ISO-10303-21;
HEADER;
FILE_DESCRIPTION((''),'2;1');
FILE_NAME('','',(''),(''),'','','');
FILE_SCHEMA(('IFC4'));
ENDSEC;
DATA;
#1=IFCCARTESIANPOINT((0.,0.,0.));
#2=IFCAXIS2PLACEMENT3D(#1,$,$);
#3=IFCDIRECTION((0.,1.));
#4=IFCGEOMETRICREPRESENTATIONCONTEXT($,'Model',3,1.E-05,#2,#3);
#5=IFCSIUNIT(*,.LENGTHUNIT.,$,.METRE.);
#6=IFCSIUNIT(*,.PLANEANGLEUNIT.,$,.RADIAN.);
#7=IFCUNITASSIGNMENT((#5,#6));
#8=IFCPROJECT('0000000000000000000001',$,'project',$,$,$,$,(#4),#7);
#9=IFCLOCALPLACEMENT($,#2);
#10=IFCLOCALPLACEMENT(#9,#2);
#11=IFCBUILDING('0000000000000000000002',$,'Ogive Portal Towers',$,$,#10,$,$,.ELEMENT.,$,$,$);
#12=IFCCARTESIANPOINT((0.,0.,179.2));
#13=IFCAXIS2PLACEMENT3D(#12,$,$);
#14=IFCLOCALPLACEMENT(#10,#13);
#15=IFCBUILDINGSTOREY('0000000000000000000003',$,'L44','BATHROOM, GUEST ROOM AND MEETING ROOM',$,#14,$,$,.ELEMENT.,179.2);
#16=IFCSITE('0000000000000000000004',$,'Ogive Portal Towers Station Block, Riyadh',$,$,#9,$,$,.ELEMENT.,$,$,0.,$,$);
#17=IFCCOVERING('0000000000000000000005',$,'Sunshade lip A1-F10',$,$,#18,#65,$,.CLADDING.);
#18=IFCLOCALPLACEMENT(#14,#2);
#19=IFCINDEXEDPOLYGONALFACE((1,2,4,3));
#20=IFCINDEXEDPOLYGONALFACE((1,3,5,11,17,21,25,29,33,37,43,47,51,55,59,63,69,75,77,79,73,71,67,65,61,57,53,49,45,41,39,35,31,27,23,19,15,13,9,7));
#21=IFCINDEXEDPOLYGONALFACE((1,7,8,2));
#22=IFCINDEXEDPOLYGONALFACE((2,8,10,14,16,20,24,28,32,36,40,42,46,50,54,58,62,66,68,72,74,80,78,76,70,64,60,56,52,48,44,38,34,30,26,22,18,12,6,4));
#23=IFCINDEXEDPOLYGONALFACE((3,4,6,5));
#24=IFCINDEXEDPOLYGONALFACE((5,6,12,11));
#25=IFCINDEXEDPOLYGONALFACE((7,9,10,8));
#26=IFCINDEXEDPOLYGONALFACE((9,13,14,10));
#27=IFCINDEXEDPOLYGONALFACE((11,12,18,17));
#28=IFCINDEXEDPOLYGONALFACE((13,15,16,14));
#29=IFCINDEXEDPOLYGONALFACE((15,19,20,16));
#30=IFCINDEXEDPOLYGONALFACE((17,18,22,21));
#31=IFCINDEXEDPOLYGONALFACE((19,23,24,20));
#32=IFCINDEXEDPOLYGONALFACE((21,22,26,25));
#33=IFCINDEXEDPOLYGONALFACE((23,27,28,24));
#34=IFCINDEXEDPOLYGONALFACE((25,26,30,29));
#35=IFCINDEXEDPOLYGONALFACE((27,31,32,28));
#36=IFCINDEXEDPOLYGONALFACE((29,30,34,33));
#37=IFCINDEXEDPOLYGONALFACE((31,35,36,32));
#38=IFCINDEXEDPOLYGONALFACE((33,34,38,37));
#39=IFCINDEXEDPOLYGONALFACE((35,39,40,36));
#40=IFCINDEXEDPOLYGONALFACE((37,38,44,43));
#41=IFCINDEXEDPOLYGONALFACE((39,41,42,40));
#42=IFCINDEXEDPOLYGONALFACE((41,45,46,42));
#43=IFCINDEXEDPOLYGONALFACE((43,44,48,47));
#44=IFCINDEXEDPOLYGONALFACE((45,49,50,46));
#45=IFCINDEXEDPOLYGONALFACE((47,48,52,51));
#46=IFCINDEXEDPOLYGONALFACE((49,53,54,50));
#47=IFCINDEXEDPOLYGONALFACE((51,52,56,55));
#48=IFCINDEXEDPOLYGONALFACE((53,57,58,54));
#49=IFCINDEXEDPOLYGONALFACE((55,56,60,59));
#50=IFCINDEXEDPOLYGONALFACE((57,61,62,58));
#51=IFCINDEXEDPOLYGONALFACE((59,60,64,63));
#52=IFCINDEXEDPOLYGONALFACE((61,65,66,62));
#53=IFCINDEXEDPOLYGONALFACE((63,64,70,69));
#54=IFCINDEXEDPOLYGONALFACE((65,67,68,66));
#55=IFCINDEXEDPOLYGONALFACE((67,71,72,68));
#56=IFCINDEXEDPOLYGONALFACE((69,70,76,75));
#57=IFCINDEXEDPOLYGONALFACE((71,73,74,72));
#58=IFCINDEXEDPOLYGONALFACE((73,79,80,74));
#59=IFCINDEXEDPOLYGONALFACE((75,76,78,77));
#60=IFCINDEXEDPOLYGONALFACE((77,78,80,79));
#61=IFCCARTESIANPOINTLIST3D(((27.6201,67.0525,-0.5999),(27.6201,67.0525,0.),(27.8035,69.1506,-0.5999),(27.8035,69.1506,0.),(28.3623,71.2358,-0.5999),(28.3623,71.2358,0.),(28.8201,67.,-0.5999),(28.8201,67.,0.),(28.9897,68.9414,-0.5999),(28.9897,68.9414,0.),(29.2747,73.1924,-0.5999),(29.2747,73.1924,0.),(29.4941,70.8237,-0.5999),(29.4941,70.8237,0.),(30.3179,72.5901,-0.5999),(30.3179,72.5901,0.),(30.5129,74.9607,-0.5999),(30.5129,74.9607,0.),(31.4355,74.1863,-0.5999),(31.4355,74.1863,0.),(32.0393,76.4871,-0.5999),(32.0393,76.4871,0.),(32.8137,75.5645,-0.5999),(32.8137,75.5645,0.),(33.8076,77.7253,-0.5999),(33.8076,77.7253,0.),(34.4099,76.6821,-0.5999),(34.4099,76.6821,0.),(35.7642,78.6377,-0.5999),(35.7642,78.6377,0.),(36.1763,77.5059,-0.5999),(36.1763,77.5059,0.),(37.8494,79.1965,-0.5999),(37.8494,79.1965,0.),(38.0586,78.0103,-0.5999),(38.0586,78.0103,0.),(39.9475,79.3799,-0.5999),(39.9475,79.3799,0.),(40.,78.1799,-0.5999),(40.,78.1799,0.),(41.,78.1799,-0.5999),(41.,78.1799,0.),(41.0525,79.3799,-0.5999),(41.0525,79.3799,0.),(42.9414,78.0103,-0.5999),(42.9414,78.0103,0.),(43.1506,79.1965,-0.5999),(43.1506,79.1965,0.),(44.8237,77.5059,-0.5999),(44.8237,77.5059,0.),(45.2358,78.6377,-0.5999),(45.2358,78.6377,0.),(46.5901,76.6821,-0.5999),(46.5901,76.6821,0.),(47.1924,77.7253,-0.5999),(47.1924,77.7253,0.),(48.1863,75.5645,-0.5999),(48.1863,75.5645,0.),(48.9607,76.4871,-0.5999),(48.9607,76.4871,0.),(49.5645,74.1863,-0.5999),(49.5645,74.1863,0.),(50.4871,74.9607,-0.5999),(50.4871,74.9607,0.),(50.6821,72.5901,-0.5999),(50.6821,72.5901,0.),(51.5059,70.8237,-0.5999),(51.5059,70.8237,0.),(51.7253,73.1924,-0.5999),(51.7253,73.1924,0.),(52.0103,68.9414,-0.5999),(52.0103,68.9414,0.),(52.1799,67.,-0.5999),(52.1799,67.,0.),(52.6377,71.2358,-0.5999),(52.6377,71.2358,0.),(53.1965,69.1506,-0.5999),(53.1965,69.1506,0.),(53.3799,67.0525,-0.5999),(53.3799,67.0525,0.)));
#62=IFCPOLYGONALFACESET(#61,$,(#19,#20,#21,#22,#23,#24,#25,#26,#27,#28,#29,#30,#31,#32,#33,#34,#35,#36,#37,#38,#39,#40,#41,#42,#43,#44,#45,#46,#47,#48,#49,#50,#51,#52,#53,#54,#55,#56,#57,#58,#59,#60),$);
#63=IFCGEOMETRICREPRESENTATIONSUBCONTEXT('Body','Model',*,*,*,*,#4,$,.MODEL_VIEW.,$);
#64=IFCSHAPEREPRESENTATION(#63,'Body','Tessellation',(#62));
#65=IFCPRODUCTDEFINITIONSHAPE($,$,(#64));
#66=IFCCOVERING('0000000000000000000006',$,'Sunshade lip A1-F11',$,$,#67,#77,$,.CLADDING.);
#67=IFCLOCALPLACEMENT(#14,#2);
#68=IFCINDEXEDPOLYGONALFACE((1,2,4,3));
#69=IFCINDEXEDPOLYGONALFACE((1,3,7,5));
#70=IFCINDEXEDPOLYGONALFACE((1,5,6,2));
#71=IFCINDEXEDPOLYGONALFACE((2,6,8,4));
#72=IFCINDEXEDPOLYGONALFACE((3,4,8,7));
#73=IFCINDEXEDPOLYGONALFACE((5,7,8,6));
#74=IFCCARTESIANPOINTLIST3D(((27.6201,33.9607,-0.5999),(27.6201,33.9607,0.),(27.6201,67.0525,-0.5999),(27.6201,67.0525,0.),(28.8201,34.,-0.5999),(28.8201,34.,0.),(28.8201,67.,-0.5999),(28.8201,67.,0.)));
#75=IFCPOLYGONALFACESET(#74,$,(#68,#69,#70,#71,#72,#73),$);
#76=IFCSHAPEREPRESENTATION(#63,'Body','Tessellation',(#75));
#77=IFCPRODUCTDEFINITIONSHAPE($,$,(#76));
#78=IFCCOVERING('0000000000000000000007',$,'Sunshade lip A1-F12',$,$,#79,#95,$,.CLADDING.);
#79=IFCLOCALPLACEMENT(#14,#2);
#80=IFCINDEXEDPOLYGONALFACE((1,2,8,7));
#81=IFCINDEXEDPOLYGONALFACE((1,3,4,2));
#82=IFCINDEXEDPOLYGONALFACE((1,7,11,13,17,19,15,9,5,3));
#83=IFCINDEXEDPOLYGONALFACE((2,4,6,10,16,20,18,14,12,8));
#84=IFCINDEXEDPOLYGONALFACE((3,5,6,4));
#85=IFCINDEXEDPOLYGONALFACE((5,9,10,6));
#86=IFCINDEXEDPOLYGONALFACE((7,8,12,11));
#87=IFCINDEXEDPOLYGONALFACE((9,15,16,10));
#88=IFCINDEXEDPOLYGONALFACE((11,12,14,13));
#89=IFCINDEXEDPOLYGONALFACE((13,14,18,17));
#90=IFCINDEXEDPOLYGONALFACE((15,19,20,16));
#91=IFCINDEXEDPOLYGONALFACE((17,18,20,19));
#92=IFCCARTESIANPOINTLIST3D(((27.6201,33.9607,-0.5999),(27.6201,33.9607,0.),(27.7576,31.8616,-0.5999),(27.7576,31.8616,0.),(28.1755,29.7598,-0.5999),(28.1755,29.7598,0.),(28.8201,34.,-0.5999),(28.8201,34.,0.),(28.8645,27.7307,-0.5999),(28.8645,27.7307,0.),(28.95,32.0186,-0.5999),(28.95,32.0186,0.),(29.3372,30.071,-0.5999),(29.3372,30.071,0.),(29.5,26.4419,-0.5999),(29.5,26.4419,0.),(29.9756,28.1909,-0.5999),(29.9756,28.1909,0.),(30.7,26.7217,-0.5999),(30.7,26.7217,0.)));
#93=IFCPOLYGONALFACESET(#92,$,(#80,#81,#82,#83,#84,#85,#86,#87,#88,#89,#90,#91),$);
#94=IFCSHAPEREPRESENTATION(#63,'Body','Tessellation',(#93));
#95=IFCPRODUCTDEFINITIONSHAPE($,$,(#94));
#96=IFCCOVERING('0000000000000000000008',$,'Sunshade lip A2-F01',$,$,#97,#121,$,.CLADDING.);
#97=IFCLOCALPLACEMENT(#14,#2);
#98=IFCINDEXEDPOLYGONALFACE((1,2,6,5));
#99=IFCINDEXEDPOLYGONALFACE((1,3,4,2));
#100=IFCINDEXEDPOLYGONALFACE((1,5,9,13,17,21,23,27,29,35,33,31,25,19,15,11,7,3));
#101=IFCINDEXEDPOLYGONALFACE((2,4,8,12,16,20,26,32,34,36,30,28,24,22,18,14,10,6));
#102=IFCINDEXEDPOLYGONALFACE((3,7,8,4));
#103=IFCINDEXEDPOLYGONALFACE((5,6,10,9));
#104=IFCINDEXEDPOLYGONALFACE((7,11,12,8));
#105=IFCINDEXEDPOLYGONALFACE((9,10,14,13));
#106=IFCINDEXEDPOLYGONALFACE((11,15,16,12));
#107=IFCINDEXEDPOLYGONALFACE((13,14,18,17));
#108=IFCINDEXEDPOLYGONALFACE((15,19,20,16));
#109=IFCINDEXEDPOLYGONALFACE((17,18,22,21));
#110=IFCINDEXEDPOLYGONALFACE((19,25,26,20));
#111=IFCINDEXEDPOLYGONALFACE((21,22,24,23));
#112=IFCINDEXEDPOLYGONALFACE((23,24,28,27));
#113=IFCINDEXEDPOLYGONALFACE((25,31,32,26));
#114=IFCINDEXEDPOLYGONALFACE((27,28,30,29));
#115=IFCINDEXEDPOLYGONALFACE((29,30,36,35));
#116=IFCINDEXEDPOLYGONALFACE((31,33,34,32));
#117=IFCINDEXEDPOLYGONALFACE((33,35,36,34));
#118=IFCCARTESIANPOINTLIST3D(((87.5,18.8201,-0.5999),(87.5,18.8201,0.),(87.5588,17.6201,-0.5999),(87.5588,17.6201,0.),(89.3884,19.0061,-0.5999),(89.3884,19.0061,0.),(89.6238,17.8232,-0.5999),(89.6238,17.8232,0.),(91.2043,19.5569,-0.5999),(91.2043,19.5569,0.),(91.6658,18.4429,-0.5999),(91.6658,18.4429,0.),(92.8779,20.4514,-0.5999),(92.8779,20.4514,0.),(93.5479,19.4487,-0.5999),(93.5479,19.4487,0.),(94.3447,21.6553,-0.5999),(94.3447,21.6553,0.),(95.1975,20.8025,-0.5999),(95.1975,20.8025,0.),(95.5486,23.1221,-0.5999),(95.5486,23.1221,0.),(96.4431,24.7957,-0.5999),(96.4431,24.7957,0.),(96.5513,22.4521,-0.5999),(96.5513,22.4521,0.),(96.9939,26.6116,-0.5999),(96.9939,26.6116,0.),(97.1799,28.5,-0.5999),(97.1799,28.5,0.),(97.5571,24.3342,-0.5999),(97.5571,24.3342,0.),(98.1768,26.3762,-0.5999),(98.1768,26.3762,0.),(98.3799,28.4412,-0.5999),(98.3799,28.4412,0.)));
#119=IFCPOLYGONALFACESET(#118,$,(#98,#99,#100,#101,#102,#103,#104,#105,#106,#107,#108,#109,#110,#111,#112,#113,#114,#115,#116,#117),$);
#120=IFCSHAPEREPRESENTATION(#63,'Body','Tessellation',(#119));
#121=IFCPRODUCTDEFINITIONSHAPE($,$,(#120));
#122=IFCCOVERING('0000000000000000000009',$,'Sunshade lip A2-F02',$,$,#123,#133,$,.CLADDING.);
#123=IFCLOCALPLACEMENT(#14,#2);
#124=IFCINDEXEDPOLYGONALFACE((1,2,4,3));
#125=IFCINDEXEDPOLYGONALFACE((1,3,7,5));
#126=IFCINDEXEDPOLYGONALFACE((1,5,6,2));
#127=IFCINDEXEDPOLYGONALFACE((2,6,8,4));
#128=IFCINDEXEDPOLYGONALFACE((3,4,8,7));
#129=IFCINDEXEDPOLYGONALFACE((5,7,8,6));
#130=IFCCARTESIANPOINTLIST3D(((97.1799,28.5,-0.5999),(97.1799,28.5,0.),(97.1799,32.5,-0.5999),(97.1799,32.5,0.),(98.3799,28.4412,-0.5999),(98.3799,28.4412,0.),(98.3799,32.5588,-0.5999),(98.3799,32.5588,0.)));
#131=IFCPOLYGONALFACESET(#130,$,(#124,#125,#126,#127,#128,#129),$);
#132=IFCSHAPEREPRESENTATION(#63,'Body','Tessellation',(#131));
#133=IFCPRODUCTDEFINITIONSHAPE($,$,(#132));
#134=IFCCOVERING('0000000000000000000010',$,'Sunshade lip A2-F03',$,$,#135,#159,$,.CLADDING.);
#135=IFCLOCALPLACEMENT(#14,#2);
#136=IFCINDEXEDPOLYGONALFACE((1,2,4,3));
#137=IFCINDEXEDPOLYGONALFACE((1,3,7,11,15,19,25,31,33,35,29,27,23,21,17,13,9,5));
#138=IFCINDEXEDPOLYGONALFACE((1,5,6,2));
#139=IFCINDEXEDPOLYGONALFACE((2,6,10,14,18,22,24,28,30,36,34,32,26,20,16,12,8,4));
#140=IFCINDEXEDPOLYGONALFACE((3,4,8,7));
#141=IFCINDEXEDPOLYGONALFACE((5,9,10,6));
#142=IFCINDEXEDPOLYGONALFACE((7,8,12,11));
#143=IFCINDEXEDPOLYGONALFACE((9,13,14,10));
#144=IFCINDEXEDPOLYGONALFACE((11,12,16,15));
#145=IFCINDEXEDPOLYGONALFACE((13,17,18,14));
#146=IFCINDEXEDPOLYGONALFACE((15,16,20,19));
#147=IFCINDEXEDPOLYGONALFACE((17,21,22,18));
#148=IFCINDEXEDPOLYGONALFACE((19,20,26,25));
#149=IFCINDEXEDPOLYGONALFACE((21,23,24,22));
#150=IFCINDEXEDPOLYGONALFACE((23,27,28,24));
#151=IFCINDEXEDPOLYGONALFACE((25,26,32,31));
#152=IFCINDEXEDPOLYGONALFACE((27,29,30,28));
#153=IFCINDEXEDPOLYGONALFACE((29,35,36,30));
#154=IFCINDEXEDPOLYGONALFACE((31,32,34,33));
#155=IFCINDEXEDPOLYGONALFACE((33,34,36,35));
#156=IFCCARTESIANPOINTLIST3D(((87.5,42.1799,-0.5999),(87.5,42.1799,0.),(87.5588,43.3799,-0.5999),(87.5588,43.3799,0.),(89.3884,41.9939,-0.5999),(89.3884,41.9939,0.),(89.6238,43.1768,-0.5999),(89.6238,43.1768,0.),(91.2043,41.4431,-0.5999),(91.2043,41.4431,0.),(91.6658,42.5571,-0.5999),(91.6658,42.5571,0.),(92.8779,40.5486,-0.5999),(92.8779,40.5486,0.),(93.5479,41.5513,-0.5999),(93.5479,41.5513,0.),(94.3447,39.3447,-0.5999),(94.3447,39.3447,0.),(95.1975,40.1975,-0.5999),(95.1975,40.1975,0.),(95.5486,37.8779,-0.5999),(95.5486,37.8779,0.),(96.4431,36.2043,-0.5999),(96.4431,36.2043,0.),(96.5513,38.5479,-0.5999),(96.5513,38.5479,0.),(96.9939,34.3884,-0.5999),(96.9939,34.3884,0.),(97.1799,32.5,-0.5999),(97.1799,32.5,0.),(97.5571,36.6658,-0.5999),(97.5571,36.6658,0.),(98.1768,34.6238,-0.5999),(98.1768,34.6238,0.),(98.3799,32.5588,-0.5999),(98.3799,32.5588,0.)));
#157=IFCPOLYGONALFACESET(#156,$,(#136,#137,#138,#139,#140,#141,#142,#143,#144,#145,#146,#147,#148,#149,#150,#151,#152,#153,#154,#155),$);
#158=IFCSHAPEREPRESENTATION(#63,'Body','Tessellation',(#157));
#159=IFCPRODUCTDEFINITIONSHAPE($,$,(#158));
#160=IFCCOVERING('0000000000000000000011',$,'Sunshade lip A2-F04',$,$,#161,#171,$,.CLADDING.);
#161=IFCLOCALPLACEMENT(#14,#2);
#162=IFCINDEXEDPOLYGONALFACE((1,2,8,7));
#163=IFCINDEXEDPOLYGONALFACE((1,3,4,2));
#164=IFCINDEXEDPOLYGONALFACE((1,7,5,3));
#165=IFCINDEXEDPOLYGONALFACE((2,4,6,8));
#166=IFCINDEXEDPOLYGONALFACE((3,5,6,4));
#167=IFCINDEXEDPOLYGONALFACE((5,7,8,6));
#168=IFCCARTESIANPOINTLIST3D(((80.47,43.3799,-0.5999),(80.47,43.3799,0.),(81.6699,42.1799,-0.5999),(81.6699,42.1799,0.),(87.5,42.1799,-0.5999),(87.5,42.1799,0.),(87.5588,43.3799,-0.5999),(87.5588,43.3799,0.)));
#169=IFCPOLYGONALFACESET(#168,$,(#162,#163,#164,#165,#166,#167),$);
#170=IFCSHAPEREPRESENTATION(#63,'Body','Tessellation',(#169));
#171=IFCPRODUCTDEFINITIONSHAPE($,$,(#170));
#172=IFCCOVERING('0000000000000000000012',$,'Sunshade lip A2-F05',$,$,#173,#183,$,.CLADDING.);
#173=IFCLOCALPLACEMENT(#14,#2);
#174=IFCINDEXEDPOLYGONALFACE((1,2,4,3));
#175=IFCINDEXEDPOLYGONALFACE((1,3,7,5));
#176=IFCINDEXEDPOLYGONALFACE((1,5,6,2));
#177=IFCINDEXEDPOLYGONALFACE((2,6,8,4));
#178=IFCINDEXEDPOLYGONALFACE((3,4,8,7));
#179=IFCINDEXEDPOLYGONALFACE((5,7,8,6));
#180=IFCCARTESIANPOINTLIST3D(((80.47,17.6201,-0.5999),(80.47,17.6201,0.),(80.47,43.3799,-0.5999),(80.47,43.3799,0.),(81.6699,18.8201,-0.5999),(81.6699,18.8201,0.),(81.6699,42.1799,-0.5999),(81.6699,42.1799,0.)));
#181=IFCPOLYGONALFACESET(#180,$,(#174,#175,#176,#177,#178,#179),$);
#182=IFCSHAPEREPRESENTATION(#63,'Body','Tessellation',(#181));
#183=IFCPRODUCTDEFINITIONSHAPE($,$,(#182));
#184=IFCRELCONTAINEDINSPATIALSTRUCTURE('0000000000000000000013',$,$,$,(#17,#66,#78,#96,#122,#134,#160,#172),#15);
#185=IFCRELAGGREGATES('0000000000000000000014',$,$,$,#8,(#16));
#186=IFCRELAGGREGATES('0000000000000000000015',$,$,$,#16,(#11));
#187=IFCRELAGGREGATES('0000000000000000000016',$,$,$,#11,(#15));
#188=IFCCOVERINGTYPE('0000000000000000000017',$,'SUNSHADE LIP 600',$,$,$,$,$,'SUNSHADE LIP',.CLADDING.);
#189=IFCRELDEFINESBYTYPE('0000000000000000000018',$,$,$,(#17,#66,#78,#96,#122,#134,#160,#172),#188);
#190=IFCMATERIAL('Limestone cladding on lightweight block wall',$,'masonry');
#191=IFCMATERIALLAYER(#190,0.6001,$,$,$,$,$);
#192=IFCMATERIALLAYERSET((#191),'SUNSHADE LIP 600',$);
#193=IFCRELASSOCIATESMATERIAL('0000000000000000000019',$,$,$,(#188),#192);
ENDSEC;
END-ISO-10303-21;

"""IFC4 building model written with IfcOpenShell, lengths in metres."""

from ifc_helpers import new_model, si_unit, direction, frame, origin, place, context, subcontext, project, spatial, polyline, outline, extrude, material, layer, layer_set, type_object, element, save


model = new_model("IFC4")

# Units and contexts
model_context = context("Model", 3, precision=1e-05, world=origin(), true_north=direction((0.0, 1.0)))
body_context = subcontext(model_context, "Body", "Model", "MODEL_VIEW")
ifc_project = project(units=[si_unit("LENGTHUNIT", "METRE"), si_unit("PLANEANGLEUNIT", "RADIAN")], contexts=[model_context])

# Site, building, storey
site_placement = place(None, origin())
site = spatial("IfcSite", under=ifc_project, at=site_placement, Name="Ogive Portal Towers Station Block, Riyadh", CompositionType="ELEMENT", RefElevation=0.0)
building_placement = place(site_placement, origin())
building = spatial("IfcBuilding", under=site, at=building_placement, Name="Ogive Portal Towers", CompositionType="ELEMENT")
storey_placement = place(building_placement, frame((0.0, 0.0, 179.2)))
storey = spatial("IfcBuildingStorey", under=building, at=storey_placement, Name="L44", Description="BATHROOM, GUEST ROOM AND MEETING ROOM", CompositionType="ELEMENT", Elevation=179.2)

# Coverings
ifc_material_1 = material(Name="Limestone cladding on lightweight block wall", Category="masonry")
ifc_layer_1 = layer(ifc_material_1, 0.6001)
ifc_layer_set_1 = layer_set([ifc_layer_1], Name="SUNSHADE LIP 600")
covering_type_1 = type_object("IfcCoveringType", Name="SUNSHADE LIP 600", ElementType="SUNSHADE LIP", PredefinedType="CLADDING", material=ifc_layer_set_1)
covering_1_placement = place(storey_placement, frame((0.0, 0.0, -0.5999)))
element("IfcCovering", 1, at=covering_1_placement, inside=storey, type_object=covering_type_1, Name="Sunshade lip A1-F10", PredefinedType="CLADDING", context=body_context, shape_type="SweptSolid", body=[
    extrude(outline(polyline([(52.1799, 67.0), (52.0103, 68.9414), (51.5059, 70.8237), (50.6821, 72.5901), (49.5645, 74.1863), (48.1863, 75.5645), (46.5901, 76.6821), (44.8237, 77.5059), (42.9414, 78.0103), (41.0, 78.1799), (40.0, 78.1799), (38.0586, 78.0103), (36.1763, 77.5059), (34.4099, 76.6821), (32.8137, 75.5645), (31.4355, 74.1863), (30.3179, 72.5901), (29.4941, 70.8237), (28.9897, 68.9414), (28.8201, 67.0), (27.6201, 67.0525), (27.8035, 69.1506), (28.3623, 71.2358), (29.2747, 73.1924), (30.5129, 74.9607), (32.0393, 76.4871), (33.8076, 77.7253), (35.7642, 78.6377), (37.8494, 79.1965), (39.9475, 79.3799), (41.0525, 79.3799), (43.1506, 79.1965), (45.2358, 78.6377), (47.1924, 77.7253), (48.9607, 76.4871), (50.4871, 74.9607), (51.7253, 73.1924), (52.6377, 71.2358), (53.1965, 69.1506), (53.3799, 67.0525), (52.1799, 67.0)])), origin(), (0.0, 0.0, 1.0), 0.5999),
])
covering_2_placement = place(storey_placement, frame((0.0, 0.0, -0.5999)))
element("IfcCovering", 2, at=covering_2_placement, inside=storey, type_object=covering_type_1, Name="Sunshade lip A1-F11", PredefinedType="CLADDING", context=body_context, shape_type="SweptSolid", body=[
    extrude(outline(polyline([(28.8201, 67.0), (28.8201, 34.0), (27.6201, 33.9607), (27.6201, 67.0525), (28.8201, 67.0)])), origin(), (0.0, 0.0, 1.0), 0.5999),
])
covering_3_placement = place(storey_placement, frame((0.0, 0.0, -0.5999)))
element("IfcCovering", 3, at=covering_3_placement, inside=storey, type_object=covering_type_1, Name="Sunshade lip A1-F12", PredefinedType="CLADDING", context=body_context, shape_type="SweptSolid", body=[
    extrude(outline(polyline([(28.8201, 34.0), (28.95, 32.0186), (29.3372, 30.071), (29.9756, 28.1909), (30.7, 26.7217), (29.5, 26.4419), (28.8645, 27.7307), (28.1755, 29.7598), (27.7576, 31.8616), (27.6201, 33.9607), (28.8201, 34.0)])), origin(), (0.0, 0.0, 1.0), 0.5999),
])
covering_4_placement = place(storey_placement, frame((0.0, 0.0, -0.5999)))
element("IfcCovering", 4, at=covering_4_placement, inside=storey, type_object=covering_type_1, Name="Sunshade lip A2-F01", PredefinedType="CLADDING", context=body_context, shape_type="SweptSolid", body=[
    extrude(outline(polyline([(87.5, 18.8201), (89.3884, 19.0061), (91.2043, 19.5569), (92.8779, 20.4514), (94.3447, 21.6553), (95.5486, 23.1221), (96.4431, 24.7957), (96.9939, 26.6116), (97.1799, 28.5), (98.3799, 28.4412), (98.1768, 26.3762), (97.5571, 24.3342), (96.5513, 22.4521), (95.1975, 20.8025), (93.5479, 19.4487), (91.6658, 18.4429), (89.6238, 17.8232), (87.5588, 17.6201), (87.5, 18.8201)])), origin(), (0.0, 0.0, 1.0), 0.5999),
])
covering_5_placement = place(storey_placement, frame((0.0, 0.0, -0.5999)))
element("IfcCovering", 5, at=covering_5_placement, inside=storey, type_object=covering_type_1, Name="Sunshade lip A2-F02", PredefinedType="CLADDING", context=body_context, shape_type="SweptSolid", body=[
    extrude(outline(polyline([(97.1799, 28.5), (97.1799, 32.5), (98.3799, 32.5588), (98.3799, 28.4412), (97.1799, 28.5)])), origin(), (0.0, 0.0, 1.0), 0.5999),
])
covering_6_placement = place(storey_placement, frame((0.0, 0.0, -0.5999)))
element("IfcCovering", 6, at=covering_6_placement, inside=storey, type_object=covering_type_1, Name="Sunshade lip A2-F03", PredefinedType="CLADDING", context=body_context, shape_type="SweptSolid", body=[
    extrude(outline(polyline([(97.1799, 32.5), (96.9939, 34.3884), (96.4431, 36.2043), (95.5486, 37.8779), (94.3447, 39.3447), (92.8779, 40.5486), (91.2043, 41.4431), (89.3884, 41.9939), (87.5, 42.1799), (87.5588, 43.3799), (89.6238, 43.1768), (91.6658, 42.5571), (93.5479, 41.5513), (95.1975, 40.1975), (96.5513, 38.5479), (97.5571, 36.6658), (98.1768, 34.6238), (98.3799, 32.5588), (97.1799, 32.5)])), origin(), (0.0, 0.0, 1.0), 0.5999),
])
covering_7_placement = place(storey_placement, frame((0.0, 0.0, -0.5999)))
element("IfcCovering", 7, at=covering_7_placement, inside=storey, type_object=covering_type_1, Name="Sunshade lip A2-F04", PredefinedType="CLADDING", context=body_context, shape_type="SweptSolid", body=[
    extrude(outline(polyline([(87.5, 42.1799), (81.6699, 42.1799), (80.47, 43.3799), (87.5588, 43.3799), (87.5, 42.1799)])), origin(), (0.0, 0.0, 1.0), 0.5999),
])
covering_8_placement = place(storey_placement, frame((0.0, 0.0, -0.5999)))
element("IfcCovering", 8, at=covering_8_placement, inside=storey, type_object=covering_type_1, Name="Sunshade lip A2-F05", PredefinedType="CLADDING", context=body_context, shape_type="SweptSolid", body=[
    extrude(outline(polyline([(81.6699, 42.1799), (81.6699, 18.8201), (80.47, 17.6201), (80.47, 43.3799), (81.6699, 42.1799)])), origin(), (0.0, 0.0, 1.0), 0.5999),
])

save(model, "model.ifc")
